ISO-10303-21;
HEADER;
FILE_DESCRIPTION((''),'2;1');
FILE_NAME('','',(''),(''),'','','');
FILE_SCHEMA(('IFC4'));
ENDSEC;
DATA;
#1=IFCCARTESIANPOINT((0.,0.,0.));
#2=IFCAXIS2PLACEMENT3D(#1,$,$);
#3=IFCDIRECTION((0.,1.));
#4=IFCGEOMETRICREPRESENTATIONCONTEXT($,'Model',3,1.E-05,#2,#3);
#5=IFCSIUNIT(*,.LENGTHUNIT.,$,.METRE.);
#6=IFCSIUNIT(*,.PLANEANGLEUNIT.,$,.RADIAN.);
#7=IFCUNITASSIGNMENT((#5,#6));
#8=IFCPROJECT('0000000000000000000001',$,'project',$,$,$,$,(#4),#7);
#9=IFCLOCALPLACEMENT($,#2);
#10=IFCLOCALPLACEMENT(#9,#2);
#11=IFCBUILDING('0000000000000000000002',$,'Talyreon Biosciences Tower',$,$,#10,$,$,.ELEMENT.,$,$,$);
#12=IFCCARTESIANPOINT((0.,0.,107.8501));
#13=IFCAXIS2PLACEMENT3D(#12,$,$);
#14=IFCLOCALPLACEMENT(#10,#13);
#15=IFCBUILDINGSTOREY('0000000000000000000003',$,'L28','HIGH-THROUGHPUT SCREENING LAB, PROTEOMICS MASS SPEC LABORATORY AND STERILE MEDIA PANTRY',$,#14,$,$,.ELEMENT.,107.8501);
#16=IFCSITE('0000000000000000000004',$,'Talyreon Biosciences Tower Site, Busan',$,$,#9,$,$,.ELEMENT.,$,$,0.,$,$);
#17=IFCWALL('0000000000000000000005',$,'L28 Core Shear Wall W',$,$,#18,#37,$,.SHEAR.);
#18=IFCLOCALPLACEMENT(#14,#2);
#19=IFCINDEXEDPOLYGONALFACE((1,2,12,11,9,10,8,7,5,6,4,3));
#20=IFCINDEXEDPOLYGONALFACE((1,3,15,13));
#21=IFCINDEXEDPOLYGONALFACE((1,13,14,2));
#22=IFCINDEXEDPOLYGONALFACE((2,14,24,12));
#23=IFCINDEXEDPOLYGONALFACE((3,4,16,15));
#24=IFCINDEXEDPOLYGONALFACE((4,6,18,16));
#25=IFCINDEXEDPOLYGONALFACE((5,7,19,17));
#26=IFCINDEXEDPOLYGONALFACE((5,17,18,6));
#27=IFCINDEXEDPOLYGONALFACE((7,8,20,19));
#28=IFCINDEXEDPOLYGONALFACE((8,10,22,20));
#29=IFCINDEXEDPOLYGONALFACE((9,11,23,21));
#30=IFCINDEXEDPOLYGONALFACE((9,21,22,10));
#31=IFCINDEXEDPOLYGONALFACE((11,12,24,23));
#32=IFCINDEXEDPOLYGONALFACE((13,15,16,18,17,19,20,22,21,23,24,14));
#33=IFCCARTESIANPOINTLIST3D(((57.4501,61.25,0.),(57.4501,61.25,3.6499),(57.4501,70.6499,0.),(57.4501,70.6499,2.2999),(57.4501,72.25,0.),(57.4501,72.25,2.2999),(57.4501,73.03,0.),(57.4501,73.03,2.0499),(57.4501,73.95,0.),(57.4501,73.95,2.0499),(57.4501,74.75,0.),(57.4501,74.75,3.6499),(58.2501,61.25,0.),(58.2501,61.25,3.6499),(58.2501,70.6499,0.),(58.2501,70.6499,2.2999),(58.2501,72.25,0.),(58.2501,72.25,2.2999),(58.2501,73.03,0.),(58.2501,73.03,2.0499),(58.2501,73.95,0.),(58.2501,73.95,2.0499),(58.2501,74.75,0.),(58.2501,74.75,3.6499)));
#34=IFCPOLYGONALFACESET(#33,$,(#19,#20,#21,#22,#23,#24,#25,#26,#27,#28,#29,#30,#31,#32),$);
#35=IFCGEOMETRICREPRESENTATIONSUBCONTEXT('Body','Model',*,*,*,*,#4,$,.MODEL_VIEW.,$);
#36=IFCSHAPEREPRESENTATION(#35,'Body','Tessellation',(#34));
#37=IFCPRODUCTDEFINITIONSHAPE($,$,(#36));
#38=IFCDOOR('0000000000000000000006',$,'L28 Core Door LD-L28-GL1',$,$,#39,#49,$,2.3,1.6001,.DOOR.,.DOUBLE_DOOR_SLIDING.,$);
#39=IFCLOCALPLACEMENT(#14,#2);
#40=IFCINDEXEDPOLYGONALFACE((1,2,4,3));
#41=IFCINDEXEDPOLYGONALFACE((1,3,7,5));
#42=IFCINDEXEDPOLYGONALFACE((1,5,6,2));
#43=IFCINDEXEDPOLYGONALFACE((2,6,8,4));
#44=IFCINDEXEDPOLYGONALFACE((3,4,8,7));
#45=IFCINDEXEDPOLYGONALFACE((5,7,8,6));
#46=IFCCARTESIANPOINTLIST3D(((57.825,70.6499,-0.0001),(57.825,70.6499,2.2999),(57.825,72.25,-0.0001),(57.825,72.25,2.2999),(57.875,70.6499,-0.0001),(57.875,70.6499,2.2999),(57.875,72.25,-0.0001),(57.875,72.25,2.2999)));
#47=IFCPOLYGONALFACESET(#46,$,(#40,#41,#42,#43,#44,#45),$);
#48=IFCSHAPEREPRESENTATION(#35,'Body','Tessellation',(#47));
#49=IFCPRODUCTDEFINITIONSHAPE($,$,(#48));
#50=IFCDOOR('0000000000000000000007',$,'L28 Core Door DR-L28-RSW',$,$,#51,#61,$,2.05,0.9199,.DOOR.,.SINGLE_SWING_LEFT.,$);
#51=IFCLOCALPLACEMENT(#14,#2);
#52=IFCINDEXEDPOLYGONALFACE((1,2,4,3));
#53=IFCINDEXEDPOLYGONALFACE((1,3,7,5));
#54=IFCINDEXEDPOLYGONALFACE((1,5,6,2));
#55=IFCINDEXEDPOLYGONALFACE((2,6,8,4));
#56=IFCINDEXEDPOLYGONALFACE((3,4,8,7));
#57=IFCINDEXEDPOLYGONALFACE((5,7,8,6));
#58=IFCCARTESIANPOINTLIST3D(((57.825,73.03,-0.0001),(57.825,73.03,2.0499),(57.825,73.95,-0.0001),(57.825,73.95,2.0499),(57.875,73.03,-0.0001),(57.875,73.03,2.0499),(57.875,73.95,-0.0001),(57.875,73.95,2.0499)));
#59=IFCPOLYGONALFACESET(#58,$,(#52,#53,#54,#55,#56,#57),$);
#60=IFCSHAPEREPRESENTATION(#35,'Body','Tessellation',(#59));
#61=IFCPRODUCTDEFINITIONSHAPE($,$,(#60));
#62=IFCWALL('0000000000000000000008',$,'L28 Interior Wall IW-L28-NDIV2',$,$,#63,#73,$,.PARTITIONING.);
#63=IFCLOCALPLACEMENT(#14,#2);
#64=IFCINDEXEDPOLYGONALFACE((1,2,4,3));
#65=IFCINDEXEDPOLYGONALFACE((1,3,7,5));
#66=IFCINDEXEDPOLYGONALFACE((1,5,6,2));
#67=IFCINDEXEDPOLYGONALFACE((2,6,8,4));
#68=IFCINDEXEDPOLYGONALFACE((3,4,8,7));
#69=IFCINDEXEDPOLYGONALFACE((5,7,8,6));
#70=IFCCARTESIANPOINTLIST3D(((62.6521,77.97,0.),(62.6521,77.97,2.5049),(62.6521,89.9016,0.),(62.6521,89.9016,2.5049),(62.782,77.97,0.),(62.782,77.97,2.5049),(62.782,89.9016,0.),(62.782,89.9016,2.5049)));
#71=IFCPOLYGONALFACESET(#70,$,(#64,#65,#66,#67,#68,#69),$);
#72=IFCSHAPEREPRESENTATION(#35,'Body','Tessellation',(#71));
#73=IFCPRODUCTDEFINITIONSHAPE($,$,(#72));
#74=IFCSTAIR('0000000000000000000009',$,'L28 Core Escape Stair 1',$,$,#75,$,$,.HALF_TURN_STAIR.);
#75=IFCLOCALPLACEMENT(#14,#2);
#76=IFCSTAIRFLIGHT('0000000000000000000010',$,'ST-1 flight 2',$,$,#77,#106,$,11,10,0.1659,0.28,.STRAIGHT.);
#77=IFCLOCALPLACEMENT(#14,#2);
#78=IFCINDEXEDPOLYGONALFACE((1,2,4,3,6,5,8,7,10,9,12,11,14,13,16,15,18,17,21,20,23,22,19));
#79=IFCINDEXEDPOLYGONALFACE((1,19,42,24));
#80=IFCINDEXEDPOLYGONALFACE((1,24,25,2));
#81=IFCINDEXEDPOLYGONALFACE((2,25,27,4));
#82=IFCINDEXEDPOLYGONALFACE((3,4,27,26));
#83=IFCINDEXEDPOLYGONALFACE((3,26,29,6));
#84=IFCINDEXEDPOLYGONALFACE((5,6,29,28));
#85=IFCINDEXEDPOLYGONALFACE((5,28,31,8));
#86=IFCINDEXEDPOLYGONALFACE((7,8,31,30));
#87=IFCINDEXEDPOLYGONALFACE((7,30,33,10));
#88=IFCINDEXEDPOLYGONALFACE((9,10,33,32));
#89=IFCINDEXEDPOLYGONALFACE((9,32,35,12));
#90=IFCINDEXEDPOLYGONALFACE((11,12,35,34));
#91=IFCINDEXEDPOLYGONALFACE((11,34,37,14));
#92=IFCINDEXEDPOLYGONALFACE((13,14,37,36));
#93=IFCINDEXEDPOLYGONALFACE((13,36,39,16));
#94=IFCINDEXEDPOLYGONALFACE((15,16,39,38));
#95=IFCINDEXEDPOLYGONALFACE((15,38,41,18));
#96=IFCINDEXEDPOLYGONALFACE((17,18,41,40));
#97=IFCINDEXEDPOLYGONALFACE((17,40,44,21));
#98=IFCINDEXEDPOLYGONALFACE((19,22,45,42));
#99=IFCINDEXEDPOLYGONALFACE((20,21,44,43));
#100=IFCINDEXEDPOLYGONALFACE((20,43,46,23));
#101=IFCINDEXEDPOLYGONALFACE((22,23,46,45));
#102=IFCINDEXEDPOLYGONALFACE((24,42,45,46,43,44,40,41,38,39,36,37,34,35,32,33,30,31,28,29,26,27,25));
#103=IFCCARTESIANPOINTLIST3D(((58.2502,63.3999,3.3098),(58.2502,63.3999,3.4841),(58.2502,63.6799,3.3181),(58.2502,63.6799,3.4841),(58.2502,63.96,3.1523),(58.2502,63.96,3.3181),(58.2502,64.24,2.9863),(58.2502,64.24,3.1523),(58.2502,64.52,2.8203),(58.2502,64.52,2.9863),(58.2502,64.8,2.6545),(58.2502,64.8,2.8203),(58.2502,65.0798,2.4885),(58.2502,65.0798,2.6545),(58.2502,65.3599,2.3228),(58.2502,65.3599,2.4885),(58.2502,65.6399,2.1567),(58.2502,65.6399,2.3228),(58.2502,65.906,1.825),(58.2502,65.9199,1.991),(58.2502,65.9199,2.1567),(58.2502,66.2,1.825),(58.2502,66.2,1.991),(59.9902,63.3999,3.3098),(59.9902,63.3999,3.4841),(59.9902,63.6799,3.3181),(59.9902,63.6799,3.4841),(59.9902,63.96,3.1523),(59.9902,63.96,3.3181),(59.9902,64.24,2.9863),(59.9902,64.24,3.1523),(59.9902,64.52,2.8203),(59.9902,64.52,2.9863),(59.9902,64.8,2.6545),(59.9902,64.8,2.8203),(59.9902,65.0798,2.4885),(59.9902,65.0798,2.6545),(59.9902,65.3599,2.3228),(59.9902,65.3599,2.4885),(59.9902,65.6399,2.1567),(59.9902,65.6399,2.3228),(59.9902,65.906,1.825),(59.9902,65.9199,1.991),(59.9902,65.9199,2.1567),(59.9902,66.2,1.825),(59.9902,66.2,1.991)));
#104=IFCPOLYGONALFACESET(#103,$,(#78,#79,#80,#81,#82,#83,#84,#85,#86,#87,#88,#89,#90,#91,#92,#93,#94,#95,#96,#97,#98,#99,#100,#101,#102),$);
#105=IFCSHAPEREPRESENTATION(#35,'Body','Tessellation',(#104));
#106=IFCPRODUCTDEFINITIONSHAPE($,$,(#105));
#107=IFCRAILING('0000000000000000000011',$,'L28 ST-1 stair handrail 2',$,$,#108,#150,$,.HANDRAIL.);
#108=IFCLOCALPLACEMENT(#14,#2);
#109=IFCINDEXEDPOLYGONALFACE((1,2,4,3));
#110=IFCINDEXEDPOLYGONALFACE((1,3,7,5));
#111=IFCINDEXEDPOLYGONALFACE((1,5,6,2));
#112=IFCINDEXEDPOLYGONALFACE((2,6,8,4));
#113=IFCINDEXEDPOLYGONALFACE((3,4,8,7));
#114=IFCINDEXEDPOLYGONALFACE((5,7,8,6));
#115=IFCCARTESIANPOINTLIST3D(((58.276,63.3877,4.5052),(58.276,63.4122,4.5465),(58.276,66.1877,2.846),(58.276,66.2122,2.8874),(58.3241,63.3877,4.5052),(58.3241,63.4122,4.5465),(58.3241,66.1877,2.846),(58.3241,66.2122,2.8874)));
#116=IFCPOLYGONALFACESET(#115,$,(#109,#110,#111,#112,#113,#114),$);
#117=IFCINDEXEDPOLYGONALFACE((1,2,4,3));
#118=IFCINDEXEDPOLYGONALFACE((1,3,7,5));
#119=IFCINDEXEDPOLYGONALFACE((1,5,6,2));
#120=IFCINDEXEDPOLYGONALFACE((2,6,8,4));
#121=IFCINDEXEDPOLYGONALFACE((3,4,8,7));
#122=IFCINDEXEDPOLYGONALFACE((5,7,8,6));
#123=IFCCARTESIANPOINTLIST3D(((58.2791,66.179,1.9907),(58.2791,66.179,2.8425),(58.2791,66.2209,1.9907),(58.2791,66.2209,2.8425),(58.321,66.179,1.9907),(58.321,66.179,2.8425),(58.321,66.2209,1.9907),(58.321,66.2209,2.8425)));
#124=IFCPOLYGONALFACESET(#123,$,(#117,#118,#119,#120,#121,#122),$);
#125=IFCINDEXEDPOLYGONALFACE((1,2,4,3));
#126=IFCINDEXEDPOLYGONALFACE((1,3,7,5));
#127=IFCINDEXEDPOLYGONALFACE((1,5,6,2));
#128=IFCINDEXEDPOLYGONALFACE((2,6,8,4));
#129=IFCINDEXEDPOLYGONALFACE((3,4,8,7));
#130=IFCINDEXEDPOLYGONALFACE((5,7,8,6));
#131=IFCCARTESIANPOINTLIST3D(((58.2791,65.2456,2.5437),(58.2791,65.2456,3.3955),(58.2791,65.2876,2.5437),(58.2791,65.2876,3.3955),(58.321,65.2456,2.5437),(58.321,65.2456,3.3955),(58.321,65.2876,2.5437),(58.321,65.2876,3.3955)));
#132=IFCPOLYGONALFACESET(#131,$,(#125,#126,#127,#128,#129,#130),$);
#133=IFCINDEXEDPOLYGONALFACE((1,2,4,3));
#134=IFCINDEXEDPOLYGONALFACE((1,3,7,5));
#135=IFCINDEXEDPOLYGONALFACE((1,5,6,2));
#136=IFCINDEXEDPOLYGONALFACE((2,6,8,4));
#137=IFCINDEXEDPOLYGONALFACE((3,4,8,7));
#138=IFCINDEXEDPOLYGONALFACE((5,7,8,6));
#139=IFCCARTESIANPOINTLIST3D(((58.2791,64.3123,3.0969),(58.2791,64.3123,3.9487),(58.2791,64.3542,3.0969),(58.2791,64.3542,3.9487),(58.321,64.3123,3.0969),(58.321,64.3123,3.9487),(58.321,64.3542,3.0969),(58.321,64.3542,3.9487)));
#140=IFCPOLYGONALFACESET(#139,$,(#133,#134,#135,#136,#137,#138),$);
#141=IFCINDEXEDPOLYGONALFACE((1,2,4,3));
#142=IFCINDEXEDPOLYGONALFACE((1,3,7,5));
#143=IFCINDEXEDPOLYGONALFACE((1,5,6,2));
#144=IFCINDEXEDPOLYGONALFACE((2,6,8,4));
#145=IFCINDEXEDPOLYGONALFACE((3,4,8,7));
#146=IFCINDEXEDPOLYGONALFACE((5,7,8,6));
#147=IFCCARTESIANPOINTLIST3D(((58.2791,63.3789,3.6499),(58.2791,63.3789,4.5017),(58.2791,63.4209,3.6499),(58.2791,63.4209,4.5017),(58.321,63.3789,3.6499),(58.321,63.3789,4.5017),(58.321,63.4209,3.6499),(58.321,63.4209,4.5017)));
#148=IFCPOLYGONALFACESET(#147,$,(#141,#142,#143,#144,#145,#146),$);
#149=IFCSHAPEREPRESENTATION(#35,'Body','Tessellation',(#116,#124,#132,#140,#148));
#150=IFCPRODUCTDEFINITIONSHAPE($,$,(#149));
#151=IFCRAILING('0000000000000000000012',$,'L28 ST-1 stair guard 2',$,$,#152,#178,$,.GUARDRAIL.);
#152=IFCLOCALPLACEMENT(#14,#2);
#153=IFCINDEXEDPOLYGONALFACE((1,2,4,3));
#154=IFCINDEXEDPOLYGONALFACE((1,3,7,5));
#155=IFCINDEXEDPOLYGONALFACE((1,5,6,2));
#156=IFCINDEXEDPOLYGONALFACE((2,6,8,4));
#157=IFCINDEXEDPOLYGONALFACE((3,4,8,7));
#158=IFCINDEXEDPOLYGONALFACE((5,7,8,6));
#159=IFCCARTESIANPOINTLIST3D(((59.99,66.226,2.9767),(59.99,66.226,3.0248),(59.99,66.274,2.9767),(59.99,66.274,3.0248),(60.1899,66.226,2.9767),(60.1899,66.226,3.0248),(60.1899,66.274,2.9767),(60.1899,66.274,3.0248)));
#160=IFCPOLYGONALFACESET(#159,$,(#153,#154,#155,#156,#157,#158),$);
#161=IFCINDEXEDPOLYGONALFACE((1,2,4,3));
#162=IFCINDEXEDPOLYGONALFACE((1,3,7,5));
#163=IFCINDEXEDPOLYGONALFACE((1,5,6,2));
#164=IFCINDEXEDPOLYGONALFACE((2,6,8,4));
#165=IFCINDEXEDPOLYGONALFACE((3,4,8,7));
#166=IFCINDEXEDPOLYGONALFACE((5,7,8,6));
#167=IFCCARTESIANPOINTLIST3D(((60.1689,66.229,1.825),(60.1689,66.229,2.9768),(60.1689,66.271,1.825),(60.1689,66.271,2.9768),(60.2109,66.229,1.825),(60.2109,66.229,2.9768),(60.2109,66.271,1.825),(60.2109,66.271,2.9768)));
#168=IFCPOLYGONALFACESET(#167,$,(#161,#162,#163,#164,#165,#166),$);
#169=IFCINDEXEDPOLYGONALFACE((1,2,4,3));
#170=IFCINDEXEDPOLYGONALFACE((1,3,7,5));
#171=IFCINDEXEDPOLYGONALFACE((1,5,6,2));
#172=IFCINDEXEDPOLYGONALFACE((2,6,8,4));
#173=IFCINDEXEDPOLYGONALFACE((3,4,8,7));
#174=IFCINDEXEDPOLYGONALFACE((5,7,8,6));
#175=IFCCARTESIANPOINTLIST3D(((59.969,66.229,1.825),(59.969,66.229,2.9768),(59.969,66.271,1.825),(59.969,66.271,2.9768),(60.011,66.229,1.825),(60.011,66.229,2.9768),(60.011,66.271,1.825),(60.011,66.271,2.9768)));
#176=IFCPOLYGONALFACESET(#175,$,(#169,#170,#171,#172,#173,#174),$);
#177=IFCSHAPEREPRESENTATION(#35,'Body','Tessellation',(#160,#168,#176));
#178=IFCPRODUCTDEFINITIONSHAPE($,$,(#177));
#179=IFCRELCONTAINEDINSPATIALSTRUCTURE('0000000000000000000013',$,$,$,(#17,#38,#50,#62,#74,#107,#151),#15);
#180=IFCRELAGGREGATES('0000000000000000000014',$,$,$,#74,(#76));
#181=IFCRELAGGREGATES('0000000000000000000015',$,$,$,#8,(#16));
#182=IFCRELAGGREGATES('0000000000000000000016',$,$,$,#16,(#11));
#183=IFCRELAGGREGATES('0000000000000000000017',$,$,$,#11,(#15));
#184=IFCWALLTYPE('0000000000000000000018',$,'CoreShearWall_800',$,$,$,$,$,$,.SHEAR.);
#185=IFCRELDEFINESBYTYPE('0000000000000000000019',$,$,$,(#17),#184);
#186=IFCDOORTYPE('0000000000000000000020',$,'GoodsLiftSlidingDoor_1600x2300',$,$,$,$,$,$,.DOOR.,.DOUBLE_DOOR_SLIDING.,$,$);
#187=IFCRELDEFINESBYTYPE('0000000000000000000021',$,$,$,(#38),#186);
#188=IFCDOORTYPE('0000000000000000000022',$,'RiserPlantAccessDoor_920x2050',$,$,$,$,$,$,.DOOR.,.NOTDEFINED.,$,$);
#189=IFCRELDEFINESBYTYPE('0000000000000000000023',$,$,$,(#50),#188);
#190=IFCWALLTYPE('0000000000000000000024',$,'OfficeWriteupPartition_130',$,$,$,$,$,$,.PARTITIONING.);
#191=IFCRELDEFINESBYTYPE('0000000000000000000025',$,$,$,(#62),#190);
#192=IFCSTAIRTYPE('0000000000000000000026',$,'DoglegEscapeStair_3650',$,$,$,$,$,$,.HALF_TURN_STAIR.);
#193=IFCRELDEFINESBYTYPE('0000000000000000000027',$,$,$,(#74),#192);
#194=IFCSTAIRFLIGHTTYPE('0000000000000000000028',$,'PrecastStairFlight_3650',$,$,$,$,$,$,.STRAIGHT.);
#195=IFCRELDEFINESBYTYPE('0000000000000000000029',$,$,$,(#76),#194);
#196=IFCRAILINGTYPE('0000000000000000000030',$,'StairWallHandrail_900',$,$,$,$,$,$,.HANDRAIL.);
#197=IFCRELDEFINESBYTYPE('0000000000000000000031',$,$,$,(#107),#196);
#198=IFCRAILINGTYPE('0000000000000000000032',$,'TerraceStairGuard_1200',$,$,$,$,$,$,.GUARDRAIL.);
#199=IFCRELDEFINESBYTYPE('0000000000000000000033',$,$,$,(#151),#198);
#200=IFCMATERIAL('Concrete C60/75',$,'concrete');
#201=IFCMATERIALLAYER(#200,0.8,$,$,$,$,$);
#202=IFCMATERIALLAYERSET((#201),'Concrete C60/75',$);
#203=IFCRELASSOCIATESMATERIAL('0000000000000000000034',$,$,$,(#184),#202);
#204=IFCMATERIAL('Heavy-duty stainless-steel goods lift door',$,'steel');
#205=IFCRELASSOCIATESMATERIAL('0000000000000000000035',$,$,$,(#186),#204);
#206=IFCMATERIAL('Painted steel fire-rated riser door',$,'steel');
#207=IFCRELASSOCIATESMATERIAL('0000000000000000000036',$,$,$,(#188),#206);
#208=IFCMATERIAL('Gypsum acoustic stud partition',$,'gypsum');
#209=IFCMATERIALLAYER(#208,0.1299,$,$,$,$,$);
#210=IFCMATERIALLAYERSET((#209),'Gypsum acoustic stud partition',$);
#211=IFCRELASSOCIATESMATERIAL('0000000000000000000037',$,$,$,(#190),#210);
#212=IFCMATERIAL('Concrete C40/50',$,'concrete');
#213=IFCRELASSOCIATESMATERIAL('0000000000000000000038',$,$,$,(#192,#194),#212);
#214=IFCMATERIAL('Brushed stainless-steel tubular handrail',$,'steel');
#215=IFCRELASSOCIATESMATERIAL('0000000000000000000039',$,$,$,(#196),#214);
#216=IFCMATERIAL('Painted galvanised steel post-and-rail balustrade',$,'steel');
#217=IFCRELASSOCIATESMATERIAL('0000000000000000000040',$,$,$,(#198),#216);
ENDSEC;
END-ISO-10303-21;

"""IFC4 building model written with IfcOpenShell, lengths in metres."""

from ifc_helpers import new_model, si_unit, direction, frame, frame_2d, origin, origin_2d, place, context, subcontext, project, spatial, polyline, rectangle, outline, extrude, material, layer, layer_set, type_object, element, fill, aggregate, save


model = new_model("IFC4")

# Units and contexts
model_context = context("Model", 3, precision=1e-05, world=origin(), true_north=direction((0.0, 1.0)))
body_context = subcontext(model_context, "Body", "Model", "MODEL_VIEW")
ifc_project = project(units=[si_unit("LENGTHUNIT", "METRE"), si_unit("PLANEANGLEUNIT", "RADIAN")], contexts=[model_context])

# Site, building, storey
site_placement = place(None, origin())
site = spatial("IfcSite", under=ifc_project, at=site_placement, Name="Talyreon Biosciences Tower Site, Busan", CompositionType="ELEMENT", RefElevation=0.0)
building_placement = place(site_placement, origin())
building = spatial("IfcBuilding", under=site, at=building_placement, Name="Talyreon Biosciences Tower", CompositionType="ELEMENT")
storey_placement = place(building_placement, frame((0.0, 0.0, 107.8501)))
storey = spatial("IfcBuildingStorey", under=building, at=storey_placement, Name="L28", Description="HIGH-THROUGHPUT SCREENING LAB, PROTEOMICS MASS SPEC LABORATORY AND STERILE MEDIA PANTRY", CompositionType="ELEMENT", Elevation=107.8501)

# Shared definitions
ifc_material_1 = material(Name="Concrete C60/75", Category="concrete")

# Shared definitions
ifc_layer_1 = layer(ifc_material_1, 0.8)
ifc_layer_set_1 = layer_set([ifc_layer_1], Name="Concrete C60/75")
wall_type_1 = type_object("IfcWallType", Name="CoreShearWall_800", PredefinedType="SHEAR", material=ifc_layer_set_1)

# Wall, openings, doors
wall_1_placement = place(storey_placement, frame((57.8501, 74.75, 0.0), z_axis=(0.0, 0.0, 1.0), x_axis=(0.0, -1.0, 0.0)))
wall_1 = element("IfcWall", 1, at=wall_1_placement, inside=storey, type_object=wall_type_1, Name="L28 Core Shear Wall W", PredefinedType="SHEAR", context=body_context, shape_type="SweptSolid", body=[
    extrude(rectangle(XDim=13.5, YDim=0.8, at=frame_2d((6.75, 0.0))), origin(), (0.0, 0.0, 1.0), 3.6499),
])
opening_1_placement = place(wall_1_placement, frame((0.8, 0.0, 0.0)))
opening_1 = element("IfcOpeningElement", 2, at=opening_1_placement, cuts=wall_1, PredefinedType="OPENING", context=body_context, shape_type="SweptSolid", body=[
    extrude(rectangle(XDim=0.9199, YDim=2.05, at=frame_2d((0.46, 1.0249))), frame((0.0, 0.4099, 0.0), z_axis=(0.0, -1.0, 0.0), x_axis=(1.0, 0.0, 0.0)), (0.0, 0.0, 1.0), 0.8201),
])
opening_2_placement = place(wall_1_placement, frame((2.5, 0.0, 0.0)))
opening_2 = element("IfcOpeningElement", 3, at=opening_2_placement, cuts=wall_1, PredefinedType="OPENING", context=body_context, shape_type="SweptSolid", body=[
    extrude(rectangle(XDim=1.6001, YDim=2.3, at=frame_2d((0.8, 1.1499))), frame((0.0, 0.4099, 0.0), z_axis=(0.0, -1.0, 0.0), x_axis=(1.0, 0.0, 0.0)), (0.0, 0.0, 1.0), 0.8201),
])
ifc_material_2 = material(Name="Heavy-duty stainless-steel goods lift door", Category="steel")
door_type_1 = type_object("IfcDoorType", Name="GoodsLiftSlidingDoor_1600x2300", OperationType="DOUBLE_DOOR_SLIDING", PredefinedType="DOOR", material=ifc_material_2)
door_1_placement = place(opening_2_placement, origin())
door_1 = element("IfcDoor", 4, at=door_1_placement, inside=storey, type_object=door_type_1, Name="L28 Core Door LD-L28-GL1", OperationType="DOUBLE_DOOR_SLIDING", OverallHeight=2.3, OverallWidth=1.6001, PredefinedType="DOOR", context=body_context, shape_type="SweptSolid", body=[
    extrude(rectangle(XDim=1.6001, YDim=2.3, at=frame_2d((0.8, 1.1499))), frame((0.0, 0.0249, 0.0), z_axis=(0.0, -1.0, 0.0), x_axis=(1.0, 0.0, 0.0)), (0.0, 0.0, 1.0), 0.05),
])
fill(opening_2, door_1)
ifc_material_3 = material(Name="Painted steel fire-rated riser door", Category="steel")
door_type_2 = type_object("IfcDoorType", Name="RiserPlantAccessDoor_920x2050", OperationType="NOTDEFINED", PredefinedType="DOOR", material=ifc_material_3)
door_2_placement = place(opening_1_placement, origin())
door_2 = element("IfcDoor", 5, at=door_2_placement, inside=storey, type_object=door_type_2, Name="L28 Core Door DR-L28-RSW", OperationType="SINGLE_SWING_LEFT", OverallHeight=2.05, OverallWidth=0.9199, PredefinedType="DOOR", context=body_context, shape_type="SweptSolid", body=[
    extrude(rectangle(XDim=0.9199, YDim=2.05, at=frame_2d((0.46, 1.0249))), frame((0.0, 0.0249, 0.0), z_axis=(0.0, -1.0, 0.0), x_axis=(1.0, 0.0, 0.0)), (0.0, 0.0, 1.0), 0.05),
])
fill(opening_1, door_2)

# Wall
ifc_material_4 = material(Name="Gypsum acoustic stud partition", Category="gypsum")
ifc_layer_2 = layer(ifc_material_4, 0.1299)
ifc_layer_set_2 = layer_set([ifc_layer_2], Name="Gypsum acoustic stud partition")
wall_type_2 = type_object("IfcWallType", Name="OfficeWriteupPartition_130", PredefinedType="PARTITIONING", material=ifc_layer_set_2)
wall_2_placement = place(storey_placement, frame((62.717, 77.97, 0.0), z_axis=(0.0, 0.0, 1.0), x_axis=(0.0, 1.0, 0.0)))
element("IfcWall", 6, at=wall_2_placement, inside=storey, type_object=wall_type_2, Name="L28 Interior Wall IW-L28-NDIV2", PredefinedType="PARTITIONING", context=body_context, shape_type="SweptSolid", body=[
    extrude(rectangle(XDim=11.9316, YDim=0.1299, at=frame_2d((5.9658, 0.0))), origin(), (0.0, 0.0, 1.0), 2.5049),
])

# Stair, stair flight
ifc_material_5 = material(Name="Concrete C40/50", Category="concrete")
stair_type = type_object("IfcStairType", Name="DoglegEscapeStair_3650", PredefinedType="HALF_TURN_STAIR", material=ifc_material_5)
stair_placement = place(storey_placement, origin())
stair = element("IfcStair", 7, at=stair_placement, inside=storey, type_object=stair_type, Name="L28 Core Escape Stair 1", PredefinedType="HALF_TURN_STAIR")
stair_flight_type = type_object("IfcStairFlightType", Name="PrecastStairFlight_3650", PredefinedType="STRAIGHT", material=ifc_material_5)
stair_flight_placement = place(storey_placement, frame((59.1201, 66.2, 1.825), z_axis=(0.0, 0.0, 1.0), x_axis=(0.0, -1.0, 0.0)))
stair_flight = element("IfcStairFlight", 8, at=stair_flight_placement, type_object=stair_flight_type, Name="ST-1 flight 2", NumberOfRisers=11, NumberOfTreads=10, PredefinedType="STRAIGHT", RiserHeight=0.1659, TreadLength=0.28, context=body_context, shape_type="SweptSolid", body=[
    extrude(outline(polyline([(0.0, 0.0), (0.0, 0.166), (0.28, 0.166), (0.28, 0.3318), (0.5601, 0.3318), (0.5601, 0.4978), (0.8401, 0.4978), (0.8401, 0.6636), (1.1201, 0.6636), (1.1201, 0.8296), (1.3999, 0.8296), (1.3999, 0.9954), (1.6799, 0.9954), (1.6799, 1.1614), (1.96, 1.1614), (1.96, 1.3274), (2.24, 1.3274), (2.24, 1.4932), (2.52, 1.4932), (2.52, 1.6592), (2.8, 1.6592), (2.8, 1.825), (2.8, 1.4849), (0.2939, 0.0), (0.0, 0.0)])), frame((0.0, 0.8701, 0.0), z_axis=(0.0, -1.0, 0.0), x_axis=(1.0, 0.0, 0.0)), (0.0, 0.0, 1.0), 1.74),
])
aggregate(stair, [stair_flight])

# Railings
ifc_material_6 = material(Name="Brushed stainless-steel tubular handrail", Category="steel")
railing_type_1 = type_object("IfcRailingType", Name="StairWallHandrail_900", PredefinedType="HANDRAIL", material=ifc_material_6)
railing_1_placement = place(storey_placement, frame((58.3, 66.2, 1.9907)))
element("IfcRailing", 9, at=railing_1_placement, inside=storey, type_object=railing_type_1, Name="L28 ST-1 stair handrail 2", PredefinedType="HANDRAIL", context=body_context, shape_type="SweptSolid", body=[
    extrude(rectangle(XDim=0.0481, YDim=0.0481, at=origin_2d()), frame((0.0, 0.0, 0.876), z_axis=(0.0, -0.860306, 0.509778), x_axis=(1.0, 0.0, 0.0)), (0.0, 0.0, 1.0), 3.2546),
    extrude(rectangle(XDim=0.042, YDim=0.042, at=origin_2d()), origin(), (0.0, 0.0, 1.0), 0.8518),
    extrude(rectangle(XDim=0.042, YDim=0.042, at=origin_2d()), frame((0.0, -0.9333, 0.553)), (0.0, 0.0, 1.0), 0.8518),
    extrude(rectangle(XDim=0.042, YDim=0.042, at=origin_2d()), frame((0.0, -1.8667, 1.1062)), (0.0, 0.0, 1.0), 0.8518),
    extrude(rectangle(XDim=0.042, YDim=0.042, at=origin_2d()), frame((0.0, -2.8, 1.6592)), (0.0, 0.0, 1.0), 0.8518),
])
ifc_material_7 = material(Name="Painted galvanised steel post-and-rail balustrade", Category="steel")
railing_type_2 = type_object("IfcRailingType", Name="TerraceStairGuard_1200", PredefinedType="GUARDRAIL", material=ifc_material_7)
railing_2_placement = place(storey_placement, frame((60.1899, 66.25, 1.825)))
element("IfcRailing", 10, at=railing_2_placement, inside=storey, type_object=railing_type_2, Name="L28 ST-1 stair guard 2", PredefinedType="GUARDRAIL", context=body_context, shape_type="SweptSolid", body=[
    extrude(rectangle(XDim=0.0481, YDim=0.0481, at=origin_2d()), frame((0.0, 0.0, 1.1758), z_axis=(-1.0, 0.0, 0.0), x_axis=(0.0, -1.0, 0.0)), (0.0, 0.0, 1.0), 0.2),
    extrude(rectangle(XDim=0.042, YDim=0.042, at=origin_2d()), origin(), (0.0, 0.0, 1.0), 1.1519),
    extrude(rectangle(XDim=0.042, YDim=0.042, at=origin_2d()), frame((-0.2, 0.0, 0.0)), (0.0, 0.0, 1.0), 1.1519),
])

save(model, "model.ifc")
